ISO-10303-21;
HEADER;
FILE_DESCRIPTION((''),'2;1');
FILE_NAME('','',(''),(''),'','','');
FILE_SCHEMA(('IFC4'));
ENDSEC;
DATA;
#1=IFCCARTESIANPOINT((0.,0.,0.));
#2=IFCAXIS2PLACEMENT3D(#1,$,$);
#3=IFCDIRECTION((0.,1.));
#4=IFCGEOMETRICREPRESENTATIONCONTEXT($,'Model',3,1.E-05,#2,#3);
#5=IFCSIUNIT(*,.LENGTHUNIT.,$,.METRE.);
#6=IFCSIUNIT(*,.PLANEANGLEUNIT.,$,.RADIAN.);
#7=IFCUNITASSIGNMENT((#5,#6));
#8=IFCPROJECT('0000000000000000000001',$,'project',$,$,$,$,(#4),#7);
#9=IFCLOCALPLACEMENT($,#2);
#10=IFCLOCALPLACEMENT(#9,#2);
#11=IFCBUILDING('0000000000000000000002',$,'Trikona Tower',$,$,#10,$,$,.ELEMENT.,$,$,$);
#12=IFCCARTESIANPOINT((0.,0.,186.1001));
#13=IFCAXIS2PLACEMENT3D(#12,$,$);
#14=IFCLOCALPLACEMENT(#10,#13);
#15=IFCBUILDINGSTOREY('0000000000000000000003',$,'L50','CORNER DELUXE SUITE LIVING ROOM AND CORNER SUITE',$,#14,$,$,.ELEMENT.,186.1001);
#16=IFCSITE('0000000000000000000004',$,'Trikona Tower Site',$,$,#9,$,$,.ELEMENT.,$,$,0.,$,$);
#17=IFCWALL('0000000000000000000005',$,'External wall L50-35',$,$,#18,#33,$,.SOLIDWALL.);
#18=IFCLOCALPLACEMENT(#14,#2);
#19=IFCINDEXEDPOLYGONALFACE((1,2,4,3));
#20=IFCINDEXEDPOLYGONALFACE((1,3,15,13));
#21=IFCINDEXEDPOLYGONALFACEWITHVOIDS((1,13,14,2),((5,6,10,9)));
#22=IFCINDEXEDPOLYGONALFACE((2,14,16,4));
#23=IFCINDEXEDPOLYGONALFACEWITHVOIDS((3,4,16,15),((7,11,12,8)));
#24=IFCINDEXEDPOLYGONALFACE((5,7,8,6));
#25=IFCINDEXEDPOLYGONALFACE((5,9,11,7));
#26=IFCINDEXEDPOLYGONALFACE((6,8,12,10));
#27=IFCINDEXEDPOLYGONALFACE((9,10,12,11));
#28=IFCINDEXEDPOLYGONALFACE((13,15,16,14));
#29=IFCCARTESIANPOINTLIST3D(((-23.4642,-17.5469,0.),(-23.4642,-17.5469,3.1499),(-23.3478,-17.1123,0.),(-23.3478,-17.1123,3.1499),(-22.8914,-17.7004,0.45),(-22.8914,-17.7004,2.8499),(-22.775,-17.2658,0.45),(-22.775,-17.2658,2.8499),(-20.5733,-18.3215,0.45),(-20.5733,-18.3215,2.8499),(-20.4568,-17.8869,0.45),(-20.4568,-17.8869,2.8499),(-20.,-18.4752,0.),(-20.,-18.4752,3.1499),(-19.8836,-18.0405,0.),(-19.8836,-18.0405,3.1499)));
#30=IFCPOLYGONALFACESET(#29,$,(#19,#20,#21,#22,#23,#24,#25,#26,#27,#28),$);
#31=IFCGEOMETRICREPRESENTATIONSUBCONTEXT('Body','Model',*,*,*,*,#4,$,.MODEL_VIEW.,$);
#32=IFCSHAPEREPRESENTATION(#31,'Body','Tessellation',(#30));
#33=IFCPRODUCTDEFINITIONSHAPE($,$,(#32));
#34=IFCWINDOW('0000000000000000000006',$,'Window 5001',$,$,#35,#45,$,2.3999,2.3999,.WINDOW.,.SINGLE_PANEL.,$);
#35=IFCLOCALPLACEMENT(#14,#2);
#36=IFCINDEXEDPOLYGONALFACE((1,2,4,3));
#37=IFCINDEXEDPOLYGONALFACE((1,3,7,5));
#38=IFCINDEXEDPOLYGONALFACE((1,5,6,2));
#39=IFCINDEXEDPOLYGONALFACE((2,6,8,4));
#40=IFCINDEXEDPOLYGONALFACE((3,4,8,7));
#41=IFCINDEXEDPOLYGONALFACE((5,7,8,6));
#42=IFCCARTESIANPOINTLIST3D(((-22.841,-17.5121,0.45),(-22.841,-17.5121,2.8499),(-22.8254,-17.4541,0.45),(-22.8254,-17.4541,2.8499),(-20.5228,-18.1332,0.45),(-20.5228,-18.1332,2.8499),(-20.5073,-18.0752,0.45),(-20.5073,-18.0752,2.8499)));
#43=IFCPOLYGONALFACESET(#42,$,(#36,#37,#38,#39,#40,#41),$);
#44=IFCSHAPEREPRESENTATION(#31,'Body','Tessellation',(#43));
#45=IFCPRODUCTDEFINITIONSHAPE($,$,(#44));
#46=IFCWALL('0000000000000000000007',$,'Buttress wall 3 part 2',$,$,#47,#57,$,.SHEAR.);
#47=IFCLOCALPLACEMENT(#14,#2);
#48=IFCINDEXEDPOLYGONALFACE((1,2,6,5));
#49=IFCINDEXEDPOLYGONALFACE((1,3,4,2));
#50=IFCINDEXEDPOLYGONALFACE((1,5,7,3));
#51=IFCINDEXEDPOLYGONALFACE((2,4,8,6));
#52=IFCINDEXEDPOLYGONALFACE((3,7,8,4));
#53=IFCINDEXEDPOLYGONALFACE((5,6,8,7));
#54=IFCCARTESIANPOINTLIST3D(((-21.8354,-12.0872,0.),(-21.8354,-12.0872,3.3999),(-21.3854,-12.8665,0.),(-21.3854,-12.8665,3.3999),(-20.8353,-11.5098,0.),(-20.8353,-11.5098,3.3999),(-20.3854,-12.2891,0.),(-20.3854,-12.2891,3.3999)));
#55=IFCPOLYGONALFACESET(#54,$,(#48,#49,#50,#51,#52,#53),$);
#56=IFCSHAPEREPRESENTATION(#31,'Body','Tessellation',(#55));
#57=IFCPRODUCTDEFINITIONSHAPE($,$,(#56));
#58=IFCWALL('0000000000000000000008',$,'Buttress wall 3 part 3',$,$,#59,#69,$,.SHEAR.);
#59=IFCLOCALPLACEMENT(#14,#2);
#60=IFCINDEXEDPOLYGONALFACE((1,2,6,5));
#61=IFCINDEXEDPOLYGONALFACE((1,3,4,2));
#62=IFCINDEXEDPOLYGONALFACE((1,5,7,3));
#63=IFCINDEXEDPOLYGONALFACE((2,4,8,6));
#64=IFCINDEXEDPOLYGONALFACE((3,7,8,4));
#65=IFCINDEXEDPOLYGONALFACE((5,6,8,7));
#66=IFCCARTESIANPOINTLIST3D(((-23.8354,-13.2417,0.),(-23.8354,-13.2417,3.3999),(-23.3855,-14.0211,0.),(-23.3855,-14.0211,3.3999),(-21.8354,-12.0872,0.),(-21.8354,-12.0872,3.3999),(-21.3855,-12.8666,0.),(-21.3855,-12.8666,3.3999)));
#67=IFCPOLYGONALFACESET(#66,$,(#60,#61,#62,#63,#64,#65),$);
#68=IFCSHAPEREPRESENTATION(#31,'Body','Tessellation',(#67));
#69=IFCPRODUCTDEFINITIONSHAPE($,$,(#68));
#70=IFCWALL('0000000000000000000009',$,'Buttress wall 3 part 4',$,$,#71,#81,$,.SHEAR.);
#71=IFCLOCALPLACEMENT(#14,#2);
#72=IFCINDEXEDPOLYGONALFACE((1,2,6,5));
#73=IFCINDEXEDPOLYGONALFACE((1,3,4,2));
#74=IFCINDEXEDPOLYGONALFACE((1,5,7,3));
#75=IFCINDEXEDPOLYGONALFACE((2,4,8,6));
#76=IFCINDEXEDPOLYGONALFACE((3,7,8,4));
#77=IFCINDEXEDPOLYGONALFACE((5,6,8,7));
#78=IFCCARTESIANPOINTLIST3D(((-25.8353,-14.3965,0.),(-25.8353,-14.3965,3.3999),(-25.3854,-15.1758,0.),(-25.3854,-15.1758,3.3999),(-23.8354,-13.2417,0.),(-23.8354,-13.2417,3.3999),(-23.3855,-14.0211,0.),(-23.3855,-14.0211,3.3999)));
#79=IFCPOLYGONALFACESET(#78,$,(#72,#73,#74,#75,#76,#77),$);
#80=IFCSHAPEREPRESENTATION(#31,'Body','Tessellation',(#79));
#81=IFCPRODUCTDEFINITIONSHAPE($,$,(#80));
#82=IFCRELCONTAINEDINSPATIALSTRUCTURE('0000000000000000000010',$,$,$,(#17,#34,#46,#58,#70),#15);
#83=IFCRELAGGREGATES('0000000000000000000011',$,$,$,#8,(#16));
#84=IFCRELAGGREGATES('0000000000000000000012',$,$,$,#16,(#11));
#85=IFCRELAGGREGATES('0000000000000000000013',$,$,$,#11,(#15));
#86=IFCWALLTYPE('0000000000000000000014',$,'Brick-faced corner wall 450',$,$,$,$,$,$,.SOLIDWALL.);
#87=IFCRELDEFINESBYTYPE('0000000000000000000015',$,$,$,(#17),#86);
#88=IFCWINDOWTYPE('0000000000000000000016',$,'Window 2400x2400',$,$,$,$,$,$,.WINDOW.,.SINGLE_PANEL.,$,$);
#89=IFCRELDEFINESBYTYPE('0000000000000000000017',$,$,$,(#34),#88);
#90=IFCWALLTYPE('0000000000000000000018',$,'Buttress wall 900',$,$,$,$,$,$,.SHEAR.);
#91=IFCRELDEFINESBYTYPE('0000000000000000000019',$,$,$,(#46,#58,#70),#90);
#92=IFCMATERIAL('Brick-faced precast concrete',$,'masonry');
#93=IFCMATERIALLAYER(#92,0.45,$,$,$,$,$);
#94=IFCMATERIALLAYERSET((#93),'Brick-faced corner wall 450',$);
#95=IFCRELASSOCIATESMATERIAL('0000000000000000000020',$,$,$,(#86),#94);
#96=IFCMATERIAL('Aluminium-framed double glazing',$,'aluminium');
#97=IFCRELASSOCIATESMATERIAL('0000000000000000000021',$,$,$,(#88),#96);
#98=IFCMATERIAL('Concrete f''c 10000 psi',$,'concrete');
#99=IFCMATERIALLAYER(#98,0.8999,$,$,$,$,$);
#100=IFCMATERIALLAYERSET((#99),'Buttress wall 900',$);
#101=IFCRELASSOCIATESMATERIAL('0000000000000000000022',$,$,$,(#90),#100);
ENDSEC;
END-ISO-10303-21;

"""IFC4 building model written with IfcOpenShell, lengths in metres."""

from ifc_helpers import new_model, si_unit, direction, frame, frame_2d, origin, place, context, subcontext, project, spatial, rectangle, extrude, material, layer, layer_set, type_object, element, fill, save


model = new_model("IFC4")

# Units and contexts
model_context = context("Model", 3, precision=1e-05, world=origin(), true_north=direction((0.0, 1.0)))
body_context = subcontext(model_context, "Body", "Model", "MODEL_VIEW")
ifc_project = project(units=[si_unit("LENGTHUNIT", "METRE"), si_unit("PLANEANGLEUNIT", "RADIAN")], contexts=[model_context])

# Site, building, storey
site_placement = place(None, origin())
site = spatial("IfcSite", under=ifc_project, at=site_placement, Name="Trikona Tower Site", CompositionType="ELEMENT", RefElevation=0.0)
building_placement = place(site_placement, origin())
building = spatial("IfcBuilding", under=site, at=building_placement, Name="Trikona Tower", CompositionType="ELEMENT")
storey_placement = place(building_placement, frame((0.0, 0.0, 186.1001)))
storey = spatial("IfcBuildingStorey", under=building, at=storey_placement, Name="L50", Description="CORNER DELUXE SUITE LIVING ROOM AND CORNER SUITE", CompositionType="ELEMENT", Elevation=186.1001)

# Wall, opening, window
ifc_material_1 = material(Name="Brick-faced precast concrete", Category="masonry")
ifc_layer_1 = layer(ifc_material_1, 0.45)
ifc_layer_set_1 = layer_set([ifc_layer_1], Name="Brick-faced corner wall 450")
wall_type_1 = type_object("IfcWallType", Name="Brick-faced corner wall 450", PredefinedType="SOLIDWALL", material=ifc_layer_set_1)
wall_1_placement = place(storey_placement, frame((-23.406, -17.3296, 0.0), z_axis=(0.0, 0.0, 1.0), x_axis=(0.965925, -0.258823, 0.0)))
wall_1 = element("IfcWall", 1, at=wall_1_placement, inside=storey, type_object=wall_type_1, Name="External wall L50-35", PredefinedType="SOLIDWALL", context=body_context, shape_type="SweptSolid", body=[
    extrude(rectangle(XDim=3.5864, YDim=0.45, at=frame_2d((1.7932, 0.0))), origin(), (0.0, 0.0, 1.0), 3.1499),
])
opening_1_placement = place(wall_1_placement, frame((0.593, 0.0, 0.45)))
opening_1 = element("IfcOpeningElement", 2, at=opening_1_placement, cuts=wall_1, PredefinedType="OPENING", context=body_context, shape_type="SweptSolid", body=[
    extrude(rectangle(XDim=2.3999, YDim=2.3999, at=frame_2d((1.2, 1.2))), frame((0.0, 0.2349, 0.0), z_axis=(0.0, -1.0, 0.0), x_axis=(1.0, 0.0, 0.0)), (0.0, 0.0, 1.0), 0.47),
])
ifc_material_2 = material(Name="Aluminium-framed double glazing", Category="aluminium")
window_type_1 = type_object("IfcWindowType", Name="Window 2400x2400", PartitioningType="SINGLE_PANEL", PredefinedType="WINDOW", material=ifc_material_2)
window_1_placement = place(opening_1_placement, origin())
window_1 = element("IfcWindow", 3, at=window_1_placement, inside=storey, type_object=window_type_1, Name="Window 5001", OverallHeight=2.3999, OverallWidth=2.3999, PartitioningType="SINGLE_PANEL", PredefinedType="WINDOW", context=body_context, shape_type="SweptSolid", body=[
    extrude(rectangle(XDim=2.3999, YDim=2.3999, at=frame_2d((1.2, 1.2))), frame((0.0, 0.03, 0.0), z_axis=(0.0, -1.0, 0.0), x_axis=(1.0, 0.0, 0.0)), (0.0, 0.0, 1.0), 0.0601),
])
fill(opening_1, window_1)

# Walls
ifc_material_3 = material(Name="Concrete f'c 10000 psi", Category="concrete")
ifc_layer_2 = layer(ifc_material_3, 0.8999)
ifc_layer_set_2 = layer_set([ifc_layer_2], Name="Buttress wall 900")
wall_type_2 = type_object("IfcWallType", Name="Buttress wall 900", PredefinedType="SHEAR", material=ifc_layer_set_2)
wall_2_placement = place(storey_placement, frame((-20.6104, -11.8994, 0.0), z_axis=(0.0, 0.0, 1.0), x_axis=(-0.86601, -0.500027, 0.0)))
element("IfcWall", 4, at=wall_2_placement, inside=storey, type_object=wall_type_2, Name="Buttress wall 3 part 2", PredefinedType="SHEAR", context=body_context, shape_type="SweptSolid", body=[
    extrude(rectangle(XDim=1.1548, YDim=0.8999, at=frame_2d((0.5774, 0.0))), origin(), (0.0, 0.0, 1.0), 3.3999),
])
for number, where, z_axis, x_axis, name in (
    (5, (-21.6104, -12.4768, 0.0), (0.0, 0.0, 1.0), (-0.866055, -0.499948, 0.0), "Buttress wall 3 part 3"),
    (6, (-23.6104, -13.6313, 0.0), (0.0, 0.0, 1.0), (-0.86601, -0.500027, 0.0), "Buttress wall 3 part 4"),
):
    element("IfcWall", number, at=place(storey_placement, frame(where, z_axis=z_axis, x_axis=x_axis)), inside=storey, type_object=wall_type_2, Name=name, PredefinedType="SHEAR", context=body_context, shape_type="SweptSolid", body=[
        extrude(rectangle(XDim=2.3093, YDim=0.8999, at=frame_2d((1.1548, 0.0))), origin(), (0.0, 0.0, 1.0), 3.3999),
    ])

save(model, "model.ifc")
